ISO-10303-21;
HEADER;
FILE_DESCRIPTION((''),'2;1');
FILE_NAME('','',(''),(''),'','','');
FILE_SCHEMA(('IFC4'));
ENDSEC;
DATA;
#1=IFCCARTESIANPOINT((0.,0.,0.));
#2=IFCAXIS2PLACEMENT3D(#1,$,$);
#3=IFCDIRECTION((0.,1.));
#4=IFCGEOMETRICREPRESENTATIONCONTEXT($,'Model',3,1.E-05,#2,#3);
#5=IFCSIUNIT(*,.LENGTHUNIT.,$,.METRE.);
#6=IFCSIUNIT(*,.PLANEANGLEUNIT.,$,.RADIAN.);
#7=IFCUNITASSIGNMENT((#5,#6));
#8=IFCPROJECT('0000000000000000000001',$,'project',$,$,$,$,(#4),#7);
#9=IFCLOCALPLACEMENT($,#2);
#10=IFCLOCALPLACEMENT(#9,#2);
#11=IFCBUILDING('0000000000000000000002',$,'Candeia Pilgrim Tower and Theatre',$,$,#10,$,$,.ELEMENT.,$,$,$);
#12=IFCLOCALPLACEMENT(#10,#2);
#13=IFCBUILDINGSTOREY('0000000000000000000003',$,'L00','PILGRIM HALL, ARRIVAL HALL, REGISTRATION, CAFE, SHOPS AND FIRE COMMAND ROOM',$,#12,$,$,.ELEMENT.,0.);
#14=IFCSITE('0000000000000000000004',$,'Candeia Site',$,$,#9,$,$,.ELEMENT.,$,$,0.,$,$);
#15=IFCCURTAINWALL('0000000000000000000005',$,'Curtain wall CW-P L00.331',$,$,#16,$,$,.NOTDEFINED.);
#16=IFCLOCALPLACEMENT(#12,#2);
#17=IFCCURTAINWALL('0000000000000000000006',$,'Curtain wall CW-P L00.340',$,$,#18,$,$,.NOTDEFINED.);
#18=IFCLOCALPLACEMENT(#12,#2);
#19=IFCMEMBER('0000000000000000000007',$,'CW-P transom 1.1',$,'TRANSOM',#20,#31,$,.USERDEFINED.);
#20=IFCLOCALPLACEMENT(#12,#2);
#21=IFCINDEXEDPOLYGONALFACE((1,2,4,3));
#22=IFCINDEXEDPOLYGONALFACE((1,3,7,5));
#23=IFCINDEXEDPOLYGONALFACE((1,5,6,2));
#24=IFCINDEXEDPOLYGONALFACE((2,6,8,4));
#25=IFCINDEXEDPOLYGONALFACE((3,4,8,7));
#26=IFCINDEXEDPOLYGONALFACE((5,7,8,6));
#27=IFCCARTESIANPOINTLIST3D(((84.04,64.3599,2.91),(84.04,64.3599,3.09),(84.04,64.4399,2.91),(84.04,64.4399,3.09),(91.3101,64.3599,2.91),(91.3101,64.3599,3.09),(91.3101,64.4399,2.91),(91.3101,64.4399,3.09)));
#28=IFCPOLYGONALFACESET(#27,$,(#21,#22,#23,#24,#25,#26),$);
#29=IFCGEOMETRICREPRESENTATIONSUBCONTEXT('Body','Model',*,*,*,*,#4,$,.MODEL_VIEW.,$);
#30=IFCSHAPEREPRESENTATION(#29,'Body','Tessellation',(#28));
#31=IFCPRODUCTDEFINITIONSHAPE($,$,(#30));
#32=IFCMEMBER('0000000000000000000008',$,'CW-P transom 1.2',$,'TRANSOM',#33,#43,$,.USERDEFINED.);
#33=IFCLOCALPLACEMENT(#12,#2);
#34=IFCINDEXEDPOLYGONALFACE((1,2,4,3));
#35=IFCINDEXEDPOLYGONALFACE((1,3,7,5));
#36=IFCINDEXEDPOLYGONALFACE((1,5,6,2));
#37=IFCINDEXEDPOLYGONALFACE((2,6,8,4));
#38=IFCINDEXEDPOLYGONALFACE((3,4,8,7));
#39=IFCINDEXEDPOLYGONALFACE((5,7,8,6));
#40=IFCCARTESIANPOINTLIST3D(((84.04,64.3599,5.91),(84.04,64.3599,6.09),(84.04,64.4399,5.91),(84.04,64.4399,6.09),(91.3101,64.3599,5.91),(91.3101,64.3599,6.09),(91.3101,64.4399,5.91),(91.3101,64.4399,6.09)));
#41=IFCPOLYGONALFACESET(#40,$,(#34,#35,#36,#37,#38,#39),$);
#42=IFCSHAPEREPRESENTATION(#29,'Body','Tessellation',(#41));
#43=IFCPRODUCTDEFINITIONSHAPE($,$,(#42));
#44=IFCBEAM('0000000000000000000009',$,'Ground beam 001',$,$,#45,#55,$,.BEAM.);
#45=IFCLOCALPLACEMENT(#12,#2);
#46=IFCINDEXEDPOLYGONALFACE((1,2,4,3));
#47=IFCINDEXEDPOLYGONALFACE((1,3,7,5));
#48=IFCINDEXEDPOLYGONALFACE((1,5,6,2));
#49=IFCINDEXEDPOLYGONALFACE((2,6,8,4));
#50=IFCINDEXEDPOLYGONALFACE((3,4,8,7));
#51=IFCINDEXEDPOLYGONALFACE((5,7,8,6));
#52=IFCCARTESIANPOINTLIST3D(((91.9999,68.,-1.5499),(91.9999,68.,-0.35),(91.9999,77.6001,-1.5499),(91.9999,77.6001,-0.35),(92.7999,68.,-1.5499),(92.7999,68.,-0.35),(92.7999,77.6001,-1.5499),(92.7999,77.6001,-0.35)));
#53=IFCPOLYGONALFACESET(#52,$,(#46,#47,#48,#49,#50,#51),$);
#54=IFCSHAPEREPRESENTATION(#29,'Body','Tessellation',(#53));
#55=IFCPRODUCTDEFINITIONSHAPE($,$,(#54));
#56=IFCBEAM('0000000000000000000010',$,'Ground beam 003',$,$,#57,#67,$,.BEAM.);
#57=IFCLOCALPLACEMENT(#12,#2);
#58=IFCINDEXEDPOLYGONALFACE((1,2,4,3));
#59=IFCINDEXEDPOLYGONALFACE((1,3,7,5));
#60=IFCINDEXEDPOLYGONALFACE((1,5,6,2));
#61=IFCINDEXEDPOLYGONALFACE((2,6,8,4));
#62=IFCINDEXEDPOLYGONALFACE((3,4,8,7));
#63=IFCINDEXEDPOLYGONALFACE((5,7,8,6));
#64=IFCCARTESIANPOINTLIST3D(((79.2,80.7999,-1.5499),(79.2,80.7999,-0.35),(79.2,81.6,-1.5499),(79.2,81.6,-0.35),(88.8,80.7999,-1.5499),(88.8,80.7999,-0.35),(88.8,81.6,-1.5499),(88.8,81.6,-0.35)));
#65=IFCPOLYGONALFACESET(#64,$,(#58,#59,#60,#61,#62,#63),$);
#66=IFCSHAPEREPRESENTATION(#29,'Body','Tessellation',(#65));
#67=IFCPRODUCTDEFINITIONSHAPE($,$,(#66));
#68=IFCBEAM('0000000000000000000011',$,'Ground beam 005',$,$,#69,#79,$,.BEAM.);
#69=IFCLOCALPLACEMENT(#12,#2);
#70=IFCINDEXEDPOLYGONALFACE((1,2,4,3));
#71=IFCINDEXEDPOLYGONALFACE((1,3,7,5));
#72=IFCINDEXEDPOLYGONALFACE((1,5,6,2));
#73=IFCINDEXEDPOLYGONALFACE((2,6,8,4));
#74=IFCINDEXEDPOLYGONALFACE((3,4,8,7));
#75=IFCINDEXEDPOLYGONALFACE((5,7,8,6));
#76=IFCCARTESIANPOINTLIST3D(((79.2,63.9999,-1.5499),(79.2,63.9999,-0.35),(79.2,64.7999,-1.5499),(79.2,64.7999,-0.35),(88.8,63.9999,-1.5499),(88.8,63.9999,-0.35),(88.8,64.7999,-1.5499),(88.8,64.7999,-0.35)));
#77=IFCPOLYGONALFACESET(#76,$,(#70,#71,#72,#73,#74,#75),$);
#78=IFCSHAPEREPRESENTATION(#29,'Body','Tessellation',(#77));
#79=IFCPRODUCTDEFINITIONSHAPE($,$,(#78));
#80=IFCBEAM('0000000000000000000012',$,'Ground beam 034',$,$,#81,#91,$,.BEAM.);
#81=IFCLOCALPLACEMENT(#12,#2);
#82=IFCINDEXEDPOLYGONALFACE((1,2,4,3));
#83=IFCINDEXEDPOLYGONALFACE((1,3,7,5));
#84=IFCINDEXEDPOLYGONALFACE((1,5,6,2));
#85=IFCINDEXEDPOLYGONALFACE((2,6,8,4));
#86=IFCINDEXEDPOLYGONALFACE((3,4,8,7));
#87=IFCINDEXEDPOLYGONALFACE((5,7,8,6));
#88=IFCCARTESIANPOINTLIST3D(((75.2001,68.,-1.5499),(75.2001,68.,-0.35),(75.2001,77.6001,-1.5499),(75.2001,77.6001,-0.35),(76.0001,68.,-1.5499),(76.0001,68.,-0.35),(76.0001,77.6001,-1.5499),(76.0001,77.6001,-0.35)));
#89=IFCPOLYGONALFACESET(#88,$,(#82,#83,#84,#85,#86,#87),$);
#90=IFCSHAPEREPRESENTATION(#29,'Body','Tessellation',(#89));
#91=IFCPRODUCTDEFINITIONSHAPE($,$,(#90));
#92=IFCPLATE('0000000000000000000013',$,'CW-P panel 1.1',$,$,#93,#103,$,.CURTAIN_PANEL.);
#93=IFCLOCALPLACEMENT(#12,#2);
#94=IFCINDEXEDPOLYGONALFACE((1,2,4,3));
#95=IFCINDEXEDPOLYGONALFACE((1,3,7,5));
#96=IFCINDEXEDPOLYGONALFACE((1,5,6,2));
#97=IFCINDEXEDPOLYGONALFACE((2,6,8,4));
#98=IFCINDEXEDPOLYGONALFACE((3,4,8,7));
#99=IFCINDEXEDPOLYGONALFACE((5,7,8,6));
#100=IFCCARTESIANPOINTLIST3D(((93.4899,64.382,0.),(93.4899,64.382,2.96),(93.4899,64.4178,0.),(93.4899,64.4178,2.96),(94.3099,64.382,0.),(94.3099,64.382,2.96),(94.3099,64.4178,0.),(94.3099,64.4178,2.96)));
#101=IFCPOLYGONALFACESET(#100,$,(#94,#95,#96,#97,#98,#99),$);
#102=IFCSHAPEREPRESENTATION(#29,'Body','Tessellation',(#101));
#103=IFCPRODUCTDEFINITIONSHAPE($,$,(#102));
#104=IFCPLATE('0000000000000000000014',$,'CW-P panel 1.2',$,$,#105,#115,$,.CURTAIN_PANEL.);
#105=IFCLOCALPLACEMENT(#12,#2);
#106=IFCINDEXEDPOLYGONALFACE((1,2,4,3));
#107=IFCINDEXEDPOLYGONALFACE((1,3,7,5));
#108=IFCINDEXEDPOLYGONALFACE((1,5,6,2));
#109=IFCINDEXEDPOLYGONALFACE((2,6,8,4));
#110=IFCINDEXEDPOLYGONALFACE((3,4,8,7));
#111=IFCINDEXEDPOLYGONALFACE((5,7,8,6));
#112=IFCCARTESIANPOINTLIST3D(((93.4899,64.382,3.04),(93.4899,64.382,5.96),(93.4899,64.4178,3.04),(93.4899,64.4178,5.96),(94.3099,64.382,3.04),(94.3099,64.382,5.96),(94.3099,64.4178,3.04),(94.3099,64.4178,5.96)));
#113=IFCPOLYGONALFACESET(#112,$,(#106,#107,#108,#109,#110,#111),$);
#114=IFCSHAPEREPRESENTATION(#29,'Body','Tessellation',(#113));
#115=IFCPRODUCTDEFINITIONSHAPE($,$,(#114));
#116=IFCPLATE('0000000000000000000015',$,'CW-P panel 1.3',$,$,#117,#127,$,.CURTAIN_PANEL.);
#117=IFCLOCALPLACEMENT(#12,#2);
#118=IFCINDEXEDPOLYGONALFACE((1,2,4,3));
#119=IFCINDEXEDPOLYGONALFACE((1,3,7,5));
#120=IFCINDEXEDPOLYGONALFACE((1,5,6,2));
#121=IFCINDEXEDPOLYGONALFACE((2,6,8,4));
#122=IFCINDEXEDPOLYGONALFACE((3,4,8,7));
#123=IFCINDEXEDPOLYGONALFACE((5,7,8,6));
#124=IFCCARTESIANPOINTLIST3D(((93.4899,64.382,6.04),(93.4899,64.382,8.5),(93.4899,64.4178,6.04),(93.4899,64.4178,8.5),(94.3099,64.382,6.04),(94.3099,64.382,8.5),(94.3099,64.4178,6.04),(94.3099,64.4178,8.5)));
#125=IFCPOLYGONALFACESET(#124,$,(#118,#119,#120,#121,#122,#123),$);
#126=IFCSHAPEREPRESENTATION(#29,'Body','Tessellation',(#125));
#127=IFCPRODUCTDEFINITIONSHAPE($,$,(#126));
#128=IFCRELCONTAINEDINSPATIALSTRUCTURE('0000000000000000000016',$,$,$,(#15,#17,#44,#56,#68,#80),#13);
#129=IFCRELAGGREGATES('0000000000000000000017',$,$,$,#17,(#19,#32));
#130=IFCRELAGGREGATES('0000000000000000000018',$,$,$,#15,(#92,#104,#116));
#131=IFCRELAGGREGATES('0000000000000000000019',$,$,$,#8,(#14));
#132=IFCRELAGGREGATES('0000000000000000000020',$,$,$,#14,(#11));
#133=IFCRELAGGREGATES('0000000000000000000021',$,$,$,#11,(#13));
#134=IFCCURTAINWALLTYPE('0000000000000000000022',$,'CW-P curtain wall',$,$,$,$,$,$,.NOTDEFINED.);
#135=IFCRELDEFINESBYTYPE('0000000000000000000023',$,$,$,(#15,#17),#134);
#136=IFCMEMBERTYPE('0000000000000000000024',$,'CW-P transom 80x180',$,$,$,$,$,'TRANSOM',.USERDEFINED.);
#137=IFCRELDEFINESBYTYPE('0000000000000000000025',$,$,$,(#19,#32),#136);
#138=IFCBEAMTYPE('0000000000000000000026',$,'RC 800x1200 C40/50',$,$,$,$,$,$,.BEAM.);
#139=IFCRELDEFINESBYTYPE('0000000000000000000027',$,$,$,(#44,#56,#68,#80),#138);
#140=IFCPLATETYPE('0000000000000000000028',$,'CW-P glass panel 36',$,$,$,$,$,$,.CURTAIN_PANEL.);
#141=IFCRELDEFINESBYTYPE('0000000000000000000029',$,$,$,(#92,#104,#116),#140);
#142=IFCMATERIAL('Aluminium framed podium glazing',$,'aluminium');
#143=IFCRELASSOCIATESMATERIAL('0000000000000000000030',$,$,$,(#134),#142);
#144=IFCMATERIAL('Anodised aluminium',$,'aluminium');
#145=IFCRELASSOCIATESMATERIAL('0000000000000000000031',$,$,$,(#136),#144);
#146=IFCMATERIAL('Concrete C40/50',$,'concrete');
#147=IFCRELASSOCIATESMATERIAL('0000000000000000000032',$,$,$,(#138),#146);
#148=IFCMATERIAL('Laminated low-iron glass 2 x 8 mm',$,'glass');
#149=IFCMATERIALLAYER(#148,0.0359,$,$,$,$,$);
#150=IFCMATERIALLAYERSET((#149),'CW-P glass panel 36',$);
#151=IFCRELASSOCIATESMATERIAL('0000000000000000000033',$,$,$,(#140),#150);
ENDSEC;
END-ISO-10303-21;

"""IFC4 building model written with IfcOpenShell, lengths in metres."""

from ifc_helpers import new_model, si_unit, direction, frame, origin, origin_2d, place, context, subcontext, project, spatial, rectangle, extrude, material, layer, layer_set, material_profile, profile_set, type_object, element, aggregate, save


model = new_model("IFC4")

# Units and contexts
model_context = context("Model", 3, precision=1e-05, world=origin(), true_north=direction((0.0, 1.0)))
body_context = subcontext(model_context, "Body", "Model", "MODEL_VIEW")
ifc_project = project(units=[si_unit("LENGTHUNIT", "METRE"), si_unit("PLANEANGLEUNIT", "RADIAN")], contexts=[model_context])

# Site, building, storey
site_placement = place(None, origin())
site = spatial("IfcSite", under=ifc_project, at=site_placement, Name="Candeia Site", CompositionType="ELEMENT", RefElevation=0.0)
building_placement = place(site_placement, origin())
building = spatial("IfcBuilding", under=site, at=building_placement, Name="Candeia Pilgrim Tower and Theatre", CompositionType="ELEMENT")
storey_placement = place(building_placement, origin())
storey = spatial("IfcBuildingStorey", under=building, at=storey_placement, Name="L00", Description="PILGRIM HALL, ARRIVAL HALL, REGISTRATION, CAFE, SHOPS AND FIRE COMMAND ROOM", CompositionType="ELEMENT", Elevation=0.0)

# Shared definitions
ifc_material_1 = material(Name="Concrete C40/50", Category="concrete")

# Curtain wall
ifc_material_2 = material(Name="Aluminium framed podium glazing", Category="aluminium")
curtain_wall_type = type_object("IfcCurtainWallType", Name="CW-P curtain wall", PredefinedType="NOTDEFINED", material=ifc_material_2)
curtain_wall_1_placement = place(storey_placement, origin())
curtain_wall_1 = element("IfcCurtainWall", 1, at=curtain_wall_1_placement, inside=storey, type_object=curtain_wall_type, Name="Curtain wall CW-P L00.331", PredefinedType="NOTDEFINED")
ifc_material_3 = material(Name="Anodised aluminium", Category="aluminium")

# Curtain wall
curtain_wall_2_placement = place(storey_placement, origin())
curtain_wall_2 = element("IfcCurtainWall", 2, at=curtain_wall_2_placement, inside=storey, type_object=curtain_wall_type, Name="Curtain wall CW-P L00.340", PredefinedType="NOTDEFINED")

# Members
ifc_material_profile_1 = material_profile(ifc_material_3, rectangle(XDim=0.0801, YDim=0.1799, at=origin_2d()))
ifc_profile_set_1 = profile_set([ifc_material_profile_1], Name="Anodised aluminium")
member_type_1 = type_object("IfcMemberType", Name="CW-P transom 80x180", ElementType="TRANSOM", PredefinedType="USERDEFINED", material=ifc_profile_set_1)
member_1_placement = place(storey_placement, frame((91.3101, 64.3999, 3.0), z_axis=(-1.0, 0.0, 0.0), x_axis=(0.0, -1.0, 0.0)))
member_1 = element("IfcMember", 3, at=member_1_placement, type_object=member_type_1, Name="CW-P transom 1.1", ObjectType="TRANSOM", PredefinedType="USERDEFINED", context=body_context, shape_type="SweptSolid", body=[
    extrude(rectangle(XDim=0.0801, YDim=0.1799, at=origin_2d()), origin(), (0.0, 0.0, 1.0), 7.27),
])
member_2_placement = place(storey_placement, frame((91.3101, 64.3999, 6.0), z_axis=(-1.0, 0.0, 0.0), x_axis=(0.0, -1.0, 0.0)))
member_2 = element("IfcMember", 4, at=member_2_placement, type_object=member_type_1, Name="CW-P transom 1.2", ObjectType="TRANSOM", PredefinedType="USERDEFINED", context=body_context, shape_type="SweptSolid", body=[
    extrude(rectangle(XDim=0.0801, YDim=0.1799, at=origin_2d()), origin(), (0.0, 0.0, 1.0), 7.27),
])
aggregate(curtain_wall_2, [member_1, member_2])

# Beams
ifc_material_profile_2 = material_profile(ifc_material_1, rectangle(XDim=0.8, YDim=1.2, at=origin_2d()))
ifc_profile_set_2 = profile_set([ifc_material_profile_2], Name="Concrete C40/50")
beam_type = type_object("IfcBeamType", Name="RC 800x1200 C40/50", PredefinedType="BEAM", material=ifc_profile_set_2)
for number, where, z_axis, x_axis, name in (
    (5, (92.3999, 77.6001, -0.95), (0.0, -1.0, 0.0), (1.0, 0.0, 0.0), "Ground beam 001"),
    (6, (88.8, 81.2, -0.95), (-1.0, 0.0, 0.0), (0.0, -1.0, 0.0), "Ground beam 003"),
    (7, (88.8, 64.3999, -0.95), (-1.0, 0.0, 0.0), (0.0, -1.0, 0.0), "Ground beam 005"),
    (8, (75.6001, 77.6001, -0.95), (0.0, -1.0, 0.0), (1.0, 0.0, 0.0), "Ground beam 034"),
):
    element("IfcBeam", number, at=place(storey_placement, frame(where, z_axis=z_axis, x_axis=x_axis)), inside=storey, type_object=beam_type, Name=name, PredefinedType="BEAM", context=body_context, shape_type="SweptSolid", body=[
        extrude(rectangle(XDim=0.8, YDim=1.2, at=origin_2d()), origin(), (0.0, 0.0, 1.0), 9.6001),
    ])

# Plates
ifc_material_4 = material(Name="Laminated low-iron glass 2 x 8 mm", Category="glass")
ifc_layer = layer(ifc_material_4, 0.0359)
ifc_layer_set = layer_set([ifc_layer], Name="CW-P glass panel 36")
plate_type = type_object("IfcPlateType", Name="CW-P glass panel 36", PredefinedType="CURTAIN_PANEL", material=ifc_layer_set)
plate_1_placement = place(storey_placement, frame((93.8999, 64.3999, 0.0), z_axis=(0.0, 0.0, 1.0), x_axis=(-1.0, 0.0, 0.0)))
plate_1 = element("IfcPlate", 9, at=plate_1_placement, type_object=plate_type, Name="CW-P panel 1.1", PredefinedType="CURTAIN_PANEL", context=body_context, shape_type="SweptSolid", body=[
    extrude(rectangle(XDim=0.8201, YDim=0.0359, at=origin_2d()), origin(), (0.0, 0.0, 1.0), 2.96),
])
plate_2_placement = place(storey_placement, frame((93.8999, 64.3999, 3.04), z_axis=(0.0, 0.0, 1.0), x_axis=(-1.0, 0.0, 0.0)))
plate_2 = element("IfcPlate", 10, at=plate_2_placement, type_object=plate_type, Name="CW-P panel 1.2", PredefinedType="CURTAIN_PANEL", context=body_context, shape_type="SweptSolid", body=[
    extrude(rectangle(XDim=0.8201, YDim=0.0359, at=origin_2d()), origin(), (0.0, 0.0, 1.0), 2.9199),
])
plate_3_placement = place(storey_placement, frame((93.8999, 64.3999, 6.04), z_axis=(0.0, 0.0, 1.0), x_axis=(-1.0, 0.0, 0.0)))
plate_3 = element("IfcPlate", 11, at=plate_3_placement, type_object=plate_type, Name="CW-P panel 1.3", PredefinedType="CURTAIN_PANEL", context=body_context, shape_type="SweptSolid", body=[
    extrude(rectangle(XDim=0.8201, YDim=0.0359, at=origin_2d()), origin(), (0.0, 0.0, 1.0), 2.46),
])
aggregate(curtain_wall_1, [plate_1, plate_2, plate_3])

save(model, "model.ifc")
